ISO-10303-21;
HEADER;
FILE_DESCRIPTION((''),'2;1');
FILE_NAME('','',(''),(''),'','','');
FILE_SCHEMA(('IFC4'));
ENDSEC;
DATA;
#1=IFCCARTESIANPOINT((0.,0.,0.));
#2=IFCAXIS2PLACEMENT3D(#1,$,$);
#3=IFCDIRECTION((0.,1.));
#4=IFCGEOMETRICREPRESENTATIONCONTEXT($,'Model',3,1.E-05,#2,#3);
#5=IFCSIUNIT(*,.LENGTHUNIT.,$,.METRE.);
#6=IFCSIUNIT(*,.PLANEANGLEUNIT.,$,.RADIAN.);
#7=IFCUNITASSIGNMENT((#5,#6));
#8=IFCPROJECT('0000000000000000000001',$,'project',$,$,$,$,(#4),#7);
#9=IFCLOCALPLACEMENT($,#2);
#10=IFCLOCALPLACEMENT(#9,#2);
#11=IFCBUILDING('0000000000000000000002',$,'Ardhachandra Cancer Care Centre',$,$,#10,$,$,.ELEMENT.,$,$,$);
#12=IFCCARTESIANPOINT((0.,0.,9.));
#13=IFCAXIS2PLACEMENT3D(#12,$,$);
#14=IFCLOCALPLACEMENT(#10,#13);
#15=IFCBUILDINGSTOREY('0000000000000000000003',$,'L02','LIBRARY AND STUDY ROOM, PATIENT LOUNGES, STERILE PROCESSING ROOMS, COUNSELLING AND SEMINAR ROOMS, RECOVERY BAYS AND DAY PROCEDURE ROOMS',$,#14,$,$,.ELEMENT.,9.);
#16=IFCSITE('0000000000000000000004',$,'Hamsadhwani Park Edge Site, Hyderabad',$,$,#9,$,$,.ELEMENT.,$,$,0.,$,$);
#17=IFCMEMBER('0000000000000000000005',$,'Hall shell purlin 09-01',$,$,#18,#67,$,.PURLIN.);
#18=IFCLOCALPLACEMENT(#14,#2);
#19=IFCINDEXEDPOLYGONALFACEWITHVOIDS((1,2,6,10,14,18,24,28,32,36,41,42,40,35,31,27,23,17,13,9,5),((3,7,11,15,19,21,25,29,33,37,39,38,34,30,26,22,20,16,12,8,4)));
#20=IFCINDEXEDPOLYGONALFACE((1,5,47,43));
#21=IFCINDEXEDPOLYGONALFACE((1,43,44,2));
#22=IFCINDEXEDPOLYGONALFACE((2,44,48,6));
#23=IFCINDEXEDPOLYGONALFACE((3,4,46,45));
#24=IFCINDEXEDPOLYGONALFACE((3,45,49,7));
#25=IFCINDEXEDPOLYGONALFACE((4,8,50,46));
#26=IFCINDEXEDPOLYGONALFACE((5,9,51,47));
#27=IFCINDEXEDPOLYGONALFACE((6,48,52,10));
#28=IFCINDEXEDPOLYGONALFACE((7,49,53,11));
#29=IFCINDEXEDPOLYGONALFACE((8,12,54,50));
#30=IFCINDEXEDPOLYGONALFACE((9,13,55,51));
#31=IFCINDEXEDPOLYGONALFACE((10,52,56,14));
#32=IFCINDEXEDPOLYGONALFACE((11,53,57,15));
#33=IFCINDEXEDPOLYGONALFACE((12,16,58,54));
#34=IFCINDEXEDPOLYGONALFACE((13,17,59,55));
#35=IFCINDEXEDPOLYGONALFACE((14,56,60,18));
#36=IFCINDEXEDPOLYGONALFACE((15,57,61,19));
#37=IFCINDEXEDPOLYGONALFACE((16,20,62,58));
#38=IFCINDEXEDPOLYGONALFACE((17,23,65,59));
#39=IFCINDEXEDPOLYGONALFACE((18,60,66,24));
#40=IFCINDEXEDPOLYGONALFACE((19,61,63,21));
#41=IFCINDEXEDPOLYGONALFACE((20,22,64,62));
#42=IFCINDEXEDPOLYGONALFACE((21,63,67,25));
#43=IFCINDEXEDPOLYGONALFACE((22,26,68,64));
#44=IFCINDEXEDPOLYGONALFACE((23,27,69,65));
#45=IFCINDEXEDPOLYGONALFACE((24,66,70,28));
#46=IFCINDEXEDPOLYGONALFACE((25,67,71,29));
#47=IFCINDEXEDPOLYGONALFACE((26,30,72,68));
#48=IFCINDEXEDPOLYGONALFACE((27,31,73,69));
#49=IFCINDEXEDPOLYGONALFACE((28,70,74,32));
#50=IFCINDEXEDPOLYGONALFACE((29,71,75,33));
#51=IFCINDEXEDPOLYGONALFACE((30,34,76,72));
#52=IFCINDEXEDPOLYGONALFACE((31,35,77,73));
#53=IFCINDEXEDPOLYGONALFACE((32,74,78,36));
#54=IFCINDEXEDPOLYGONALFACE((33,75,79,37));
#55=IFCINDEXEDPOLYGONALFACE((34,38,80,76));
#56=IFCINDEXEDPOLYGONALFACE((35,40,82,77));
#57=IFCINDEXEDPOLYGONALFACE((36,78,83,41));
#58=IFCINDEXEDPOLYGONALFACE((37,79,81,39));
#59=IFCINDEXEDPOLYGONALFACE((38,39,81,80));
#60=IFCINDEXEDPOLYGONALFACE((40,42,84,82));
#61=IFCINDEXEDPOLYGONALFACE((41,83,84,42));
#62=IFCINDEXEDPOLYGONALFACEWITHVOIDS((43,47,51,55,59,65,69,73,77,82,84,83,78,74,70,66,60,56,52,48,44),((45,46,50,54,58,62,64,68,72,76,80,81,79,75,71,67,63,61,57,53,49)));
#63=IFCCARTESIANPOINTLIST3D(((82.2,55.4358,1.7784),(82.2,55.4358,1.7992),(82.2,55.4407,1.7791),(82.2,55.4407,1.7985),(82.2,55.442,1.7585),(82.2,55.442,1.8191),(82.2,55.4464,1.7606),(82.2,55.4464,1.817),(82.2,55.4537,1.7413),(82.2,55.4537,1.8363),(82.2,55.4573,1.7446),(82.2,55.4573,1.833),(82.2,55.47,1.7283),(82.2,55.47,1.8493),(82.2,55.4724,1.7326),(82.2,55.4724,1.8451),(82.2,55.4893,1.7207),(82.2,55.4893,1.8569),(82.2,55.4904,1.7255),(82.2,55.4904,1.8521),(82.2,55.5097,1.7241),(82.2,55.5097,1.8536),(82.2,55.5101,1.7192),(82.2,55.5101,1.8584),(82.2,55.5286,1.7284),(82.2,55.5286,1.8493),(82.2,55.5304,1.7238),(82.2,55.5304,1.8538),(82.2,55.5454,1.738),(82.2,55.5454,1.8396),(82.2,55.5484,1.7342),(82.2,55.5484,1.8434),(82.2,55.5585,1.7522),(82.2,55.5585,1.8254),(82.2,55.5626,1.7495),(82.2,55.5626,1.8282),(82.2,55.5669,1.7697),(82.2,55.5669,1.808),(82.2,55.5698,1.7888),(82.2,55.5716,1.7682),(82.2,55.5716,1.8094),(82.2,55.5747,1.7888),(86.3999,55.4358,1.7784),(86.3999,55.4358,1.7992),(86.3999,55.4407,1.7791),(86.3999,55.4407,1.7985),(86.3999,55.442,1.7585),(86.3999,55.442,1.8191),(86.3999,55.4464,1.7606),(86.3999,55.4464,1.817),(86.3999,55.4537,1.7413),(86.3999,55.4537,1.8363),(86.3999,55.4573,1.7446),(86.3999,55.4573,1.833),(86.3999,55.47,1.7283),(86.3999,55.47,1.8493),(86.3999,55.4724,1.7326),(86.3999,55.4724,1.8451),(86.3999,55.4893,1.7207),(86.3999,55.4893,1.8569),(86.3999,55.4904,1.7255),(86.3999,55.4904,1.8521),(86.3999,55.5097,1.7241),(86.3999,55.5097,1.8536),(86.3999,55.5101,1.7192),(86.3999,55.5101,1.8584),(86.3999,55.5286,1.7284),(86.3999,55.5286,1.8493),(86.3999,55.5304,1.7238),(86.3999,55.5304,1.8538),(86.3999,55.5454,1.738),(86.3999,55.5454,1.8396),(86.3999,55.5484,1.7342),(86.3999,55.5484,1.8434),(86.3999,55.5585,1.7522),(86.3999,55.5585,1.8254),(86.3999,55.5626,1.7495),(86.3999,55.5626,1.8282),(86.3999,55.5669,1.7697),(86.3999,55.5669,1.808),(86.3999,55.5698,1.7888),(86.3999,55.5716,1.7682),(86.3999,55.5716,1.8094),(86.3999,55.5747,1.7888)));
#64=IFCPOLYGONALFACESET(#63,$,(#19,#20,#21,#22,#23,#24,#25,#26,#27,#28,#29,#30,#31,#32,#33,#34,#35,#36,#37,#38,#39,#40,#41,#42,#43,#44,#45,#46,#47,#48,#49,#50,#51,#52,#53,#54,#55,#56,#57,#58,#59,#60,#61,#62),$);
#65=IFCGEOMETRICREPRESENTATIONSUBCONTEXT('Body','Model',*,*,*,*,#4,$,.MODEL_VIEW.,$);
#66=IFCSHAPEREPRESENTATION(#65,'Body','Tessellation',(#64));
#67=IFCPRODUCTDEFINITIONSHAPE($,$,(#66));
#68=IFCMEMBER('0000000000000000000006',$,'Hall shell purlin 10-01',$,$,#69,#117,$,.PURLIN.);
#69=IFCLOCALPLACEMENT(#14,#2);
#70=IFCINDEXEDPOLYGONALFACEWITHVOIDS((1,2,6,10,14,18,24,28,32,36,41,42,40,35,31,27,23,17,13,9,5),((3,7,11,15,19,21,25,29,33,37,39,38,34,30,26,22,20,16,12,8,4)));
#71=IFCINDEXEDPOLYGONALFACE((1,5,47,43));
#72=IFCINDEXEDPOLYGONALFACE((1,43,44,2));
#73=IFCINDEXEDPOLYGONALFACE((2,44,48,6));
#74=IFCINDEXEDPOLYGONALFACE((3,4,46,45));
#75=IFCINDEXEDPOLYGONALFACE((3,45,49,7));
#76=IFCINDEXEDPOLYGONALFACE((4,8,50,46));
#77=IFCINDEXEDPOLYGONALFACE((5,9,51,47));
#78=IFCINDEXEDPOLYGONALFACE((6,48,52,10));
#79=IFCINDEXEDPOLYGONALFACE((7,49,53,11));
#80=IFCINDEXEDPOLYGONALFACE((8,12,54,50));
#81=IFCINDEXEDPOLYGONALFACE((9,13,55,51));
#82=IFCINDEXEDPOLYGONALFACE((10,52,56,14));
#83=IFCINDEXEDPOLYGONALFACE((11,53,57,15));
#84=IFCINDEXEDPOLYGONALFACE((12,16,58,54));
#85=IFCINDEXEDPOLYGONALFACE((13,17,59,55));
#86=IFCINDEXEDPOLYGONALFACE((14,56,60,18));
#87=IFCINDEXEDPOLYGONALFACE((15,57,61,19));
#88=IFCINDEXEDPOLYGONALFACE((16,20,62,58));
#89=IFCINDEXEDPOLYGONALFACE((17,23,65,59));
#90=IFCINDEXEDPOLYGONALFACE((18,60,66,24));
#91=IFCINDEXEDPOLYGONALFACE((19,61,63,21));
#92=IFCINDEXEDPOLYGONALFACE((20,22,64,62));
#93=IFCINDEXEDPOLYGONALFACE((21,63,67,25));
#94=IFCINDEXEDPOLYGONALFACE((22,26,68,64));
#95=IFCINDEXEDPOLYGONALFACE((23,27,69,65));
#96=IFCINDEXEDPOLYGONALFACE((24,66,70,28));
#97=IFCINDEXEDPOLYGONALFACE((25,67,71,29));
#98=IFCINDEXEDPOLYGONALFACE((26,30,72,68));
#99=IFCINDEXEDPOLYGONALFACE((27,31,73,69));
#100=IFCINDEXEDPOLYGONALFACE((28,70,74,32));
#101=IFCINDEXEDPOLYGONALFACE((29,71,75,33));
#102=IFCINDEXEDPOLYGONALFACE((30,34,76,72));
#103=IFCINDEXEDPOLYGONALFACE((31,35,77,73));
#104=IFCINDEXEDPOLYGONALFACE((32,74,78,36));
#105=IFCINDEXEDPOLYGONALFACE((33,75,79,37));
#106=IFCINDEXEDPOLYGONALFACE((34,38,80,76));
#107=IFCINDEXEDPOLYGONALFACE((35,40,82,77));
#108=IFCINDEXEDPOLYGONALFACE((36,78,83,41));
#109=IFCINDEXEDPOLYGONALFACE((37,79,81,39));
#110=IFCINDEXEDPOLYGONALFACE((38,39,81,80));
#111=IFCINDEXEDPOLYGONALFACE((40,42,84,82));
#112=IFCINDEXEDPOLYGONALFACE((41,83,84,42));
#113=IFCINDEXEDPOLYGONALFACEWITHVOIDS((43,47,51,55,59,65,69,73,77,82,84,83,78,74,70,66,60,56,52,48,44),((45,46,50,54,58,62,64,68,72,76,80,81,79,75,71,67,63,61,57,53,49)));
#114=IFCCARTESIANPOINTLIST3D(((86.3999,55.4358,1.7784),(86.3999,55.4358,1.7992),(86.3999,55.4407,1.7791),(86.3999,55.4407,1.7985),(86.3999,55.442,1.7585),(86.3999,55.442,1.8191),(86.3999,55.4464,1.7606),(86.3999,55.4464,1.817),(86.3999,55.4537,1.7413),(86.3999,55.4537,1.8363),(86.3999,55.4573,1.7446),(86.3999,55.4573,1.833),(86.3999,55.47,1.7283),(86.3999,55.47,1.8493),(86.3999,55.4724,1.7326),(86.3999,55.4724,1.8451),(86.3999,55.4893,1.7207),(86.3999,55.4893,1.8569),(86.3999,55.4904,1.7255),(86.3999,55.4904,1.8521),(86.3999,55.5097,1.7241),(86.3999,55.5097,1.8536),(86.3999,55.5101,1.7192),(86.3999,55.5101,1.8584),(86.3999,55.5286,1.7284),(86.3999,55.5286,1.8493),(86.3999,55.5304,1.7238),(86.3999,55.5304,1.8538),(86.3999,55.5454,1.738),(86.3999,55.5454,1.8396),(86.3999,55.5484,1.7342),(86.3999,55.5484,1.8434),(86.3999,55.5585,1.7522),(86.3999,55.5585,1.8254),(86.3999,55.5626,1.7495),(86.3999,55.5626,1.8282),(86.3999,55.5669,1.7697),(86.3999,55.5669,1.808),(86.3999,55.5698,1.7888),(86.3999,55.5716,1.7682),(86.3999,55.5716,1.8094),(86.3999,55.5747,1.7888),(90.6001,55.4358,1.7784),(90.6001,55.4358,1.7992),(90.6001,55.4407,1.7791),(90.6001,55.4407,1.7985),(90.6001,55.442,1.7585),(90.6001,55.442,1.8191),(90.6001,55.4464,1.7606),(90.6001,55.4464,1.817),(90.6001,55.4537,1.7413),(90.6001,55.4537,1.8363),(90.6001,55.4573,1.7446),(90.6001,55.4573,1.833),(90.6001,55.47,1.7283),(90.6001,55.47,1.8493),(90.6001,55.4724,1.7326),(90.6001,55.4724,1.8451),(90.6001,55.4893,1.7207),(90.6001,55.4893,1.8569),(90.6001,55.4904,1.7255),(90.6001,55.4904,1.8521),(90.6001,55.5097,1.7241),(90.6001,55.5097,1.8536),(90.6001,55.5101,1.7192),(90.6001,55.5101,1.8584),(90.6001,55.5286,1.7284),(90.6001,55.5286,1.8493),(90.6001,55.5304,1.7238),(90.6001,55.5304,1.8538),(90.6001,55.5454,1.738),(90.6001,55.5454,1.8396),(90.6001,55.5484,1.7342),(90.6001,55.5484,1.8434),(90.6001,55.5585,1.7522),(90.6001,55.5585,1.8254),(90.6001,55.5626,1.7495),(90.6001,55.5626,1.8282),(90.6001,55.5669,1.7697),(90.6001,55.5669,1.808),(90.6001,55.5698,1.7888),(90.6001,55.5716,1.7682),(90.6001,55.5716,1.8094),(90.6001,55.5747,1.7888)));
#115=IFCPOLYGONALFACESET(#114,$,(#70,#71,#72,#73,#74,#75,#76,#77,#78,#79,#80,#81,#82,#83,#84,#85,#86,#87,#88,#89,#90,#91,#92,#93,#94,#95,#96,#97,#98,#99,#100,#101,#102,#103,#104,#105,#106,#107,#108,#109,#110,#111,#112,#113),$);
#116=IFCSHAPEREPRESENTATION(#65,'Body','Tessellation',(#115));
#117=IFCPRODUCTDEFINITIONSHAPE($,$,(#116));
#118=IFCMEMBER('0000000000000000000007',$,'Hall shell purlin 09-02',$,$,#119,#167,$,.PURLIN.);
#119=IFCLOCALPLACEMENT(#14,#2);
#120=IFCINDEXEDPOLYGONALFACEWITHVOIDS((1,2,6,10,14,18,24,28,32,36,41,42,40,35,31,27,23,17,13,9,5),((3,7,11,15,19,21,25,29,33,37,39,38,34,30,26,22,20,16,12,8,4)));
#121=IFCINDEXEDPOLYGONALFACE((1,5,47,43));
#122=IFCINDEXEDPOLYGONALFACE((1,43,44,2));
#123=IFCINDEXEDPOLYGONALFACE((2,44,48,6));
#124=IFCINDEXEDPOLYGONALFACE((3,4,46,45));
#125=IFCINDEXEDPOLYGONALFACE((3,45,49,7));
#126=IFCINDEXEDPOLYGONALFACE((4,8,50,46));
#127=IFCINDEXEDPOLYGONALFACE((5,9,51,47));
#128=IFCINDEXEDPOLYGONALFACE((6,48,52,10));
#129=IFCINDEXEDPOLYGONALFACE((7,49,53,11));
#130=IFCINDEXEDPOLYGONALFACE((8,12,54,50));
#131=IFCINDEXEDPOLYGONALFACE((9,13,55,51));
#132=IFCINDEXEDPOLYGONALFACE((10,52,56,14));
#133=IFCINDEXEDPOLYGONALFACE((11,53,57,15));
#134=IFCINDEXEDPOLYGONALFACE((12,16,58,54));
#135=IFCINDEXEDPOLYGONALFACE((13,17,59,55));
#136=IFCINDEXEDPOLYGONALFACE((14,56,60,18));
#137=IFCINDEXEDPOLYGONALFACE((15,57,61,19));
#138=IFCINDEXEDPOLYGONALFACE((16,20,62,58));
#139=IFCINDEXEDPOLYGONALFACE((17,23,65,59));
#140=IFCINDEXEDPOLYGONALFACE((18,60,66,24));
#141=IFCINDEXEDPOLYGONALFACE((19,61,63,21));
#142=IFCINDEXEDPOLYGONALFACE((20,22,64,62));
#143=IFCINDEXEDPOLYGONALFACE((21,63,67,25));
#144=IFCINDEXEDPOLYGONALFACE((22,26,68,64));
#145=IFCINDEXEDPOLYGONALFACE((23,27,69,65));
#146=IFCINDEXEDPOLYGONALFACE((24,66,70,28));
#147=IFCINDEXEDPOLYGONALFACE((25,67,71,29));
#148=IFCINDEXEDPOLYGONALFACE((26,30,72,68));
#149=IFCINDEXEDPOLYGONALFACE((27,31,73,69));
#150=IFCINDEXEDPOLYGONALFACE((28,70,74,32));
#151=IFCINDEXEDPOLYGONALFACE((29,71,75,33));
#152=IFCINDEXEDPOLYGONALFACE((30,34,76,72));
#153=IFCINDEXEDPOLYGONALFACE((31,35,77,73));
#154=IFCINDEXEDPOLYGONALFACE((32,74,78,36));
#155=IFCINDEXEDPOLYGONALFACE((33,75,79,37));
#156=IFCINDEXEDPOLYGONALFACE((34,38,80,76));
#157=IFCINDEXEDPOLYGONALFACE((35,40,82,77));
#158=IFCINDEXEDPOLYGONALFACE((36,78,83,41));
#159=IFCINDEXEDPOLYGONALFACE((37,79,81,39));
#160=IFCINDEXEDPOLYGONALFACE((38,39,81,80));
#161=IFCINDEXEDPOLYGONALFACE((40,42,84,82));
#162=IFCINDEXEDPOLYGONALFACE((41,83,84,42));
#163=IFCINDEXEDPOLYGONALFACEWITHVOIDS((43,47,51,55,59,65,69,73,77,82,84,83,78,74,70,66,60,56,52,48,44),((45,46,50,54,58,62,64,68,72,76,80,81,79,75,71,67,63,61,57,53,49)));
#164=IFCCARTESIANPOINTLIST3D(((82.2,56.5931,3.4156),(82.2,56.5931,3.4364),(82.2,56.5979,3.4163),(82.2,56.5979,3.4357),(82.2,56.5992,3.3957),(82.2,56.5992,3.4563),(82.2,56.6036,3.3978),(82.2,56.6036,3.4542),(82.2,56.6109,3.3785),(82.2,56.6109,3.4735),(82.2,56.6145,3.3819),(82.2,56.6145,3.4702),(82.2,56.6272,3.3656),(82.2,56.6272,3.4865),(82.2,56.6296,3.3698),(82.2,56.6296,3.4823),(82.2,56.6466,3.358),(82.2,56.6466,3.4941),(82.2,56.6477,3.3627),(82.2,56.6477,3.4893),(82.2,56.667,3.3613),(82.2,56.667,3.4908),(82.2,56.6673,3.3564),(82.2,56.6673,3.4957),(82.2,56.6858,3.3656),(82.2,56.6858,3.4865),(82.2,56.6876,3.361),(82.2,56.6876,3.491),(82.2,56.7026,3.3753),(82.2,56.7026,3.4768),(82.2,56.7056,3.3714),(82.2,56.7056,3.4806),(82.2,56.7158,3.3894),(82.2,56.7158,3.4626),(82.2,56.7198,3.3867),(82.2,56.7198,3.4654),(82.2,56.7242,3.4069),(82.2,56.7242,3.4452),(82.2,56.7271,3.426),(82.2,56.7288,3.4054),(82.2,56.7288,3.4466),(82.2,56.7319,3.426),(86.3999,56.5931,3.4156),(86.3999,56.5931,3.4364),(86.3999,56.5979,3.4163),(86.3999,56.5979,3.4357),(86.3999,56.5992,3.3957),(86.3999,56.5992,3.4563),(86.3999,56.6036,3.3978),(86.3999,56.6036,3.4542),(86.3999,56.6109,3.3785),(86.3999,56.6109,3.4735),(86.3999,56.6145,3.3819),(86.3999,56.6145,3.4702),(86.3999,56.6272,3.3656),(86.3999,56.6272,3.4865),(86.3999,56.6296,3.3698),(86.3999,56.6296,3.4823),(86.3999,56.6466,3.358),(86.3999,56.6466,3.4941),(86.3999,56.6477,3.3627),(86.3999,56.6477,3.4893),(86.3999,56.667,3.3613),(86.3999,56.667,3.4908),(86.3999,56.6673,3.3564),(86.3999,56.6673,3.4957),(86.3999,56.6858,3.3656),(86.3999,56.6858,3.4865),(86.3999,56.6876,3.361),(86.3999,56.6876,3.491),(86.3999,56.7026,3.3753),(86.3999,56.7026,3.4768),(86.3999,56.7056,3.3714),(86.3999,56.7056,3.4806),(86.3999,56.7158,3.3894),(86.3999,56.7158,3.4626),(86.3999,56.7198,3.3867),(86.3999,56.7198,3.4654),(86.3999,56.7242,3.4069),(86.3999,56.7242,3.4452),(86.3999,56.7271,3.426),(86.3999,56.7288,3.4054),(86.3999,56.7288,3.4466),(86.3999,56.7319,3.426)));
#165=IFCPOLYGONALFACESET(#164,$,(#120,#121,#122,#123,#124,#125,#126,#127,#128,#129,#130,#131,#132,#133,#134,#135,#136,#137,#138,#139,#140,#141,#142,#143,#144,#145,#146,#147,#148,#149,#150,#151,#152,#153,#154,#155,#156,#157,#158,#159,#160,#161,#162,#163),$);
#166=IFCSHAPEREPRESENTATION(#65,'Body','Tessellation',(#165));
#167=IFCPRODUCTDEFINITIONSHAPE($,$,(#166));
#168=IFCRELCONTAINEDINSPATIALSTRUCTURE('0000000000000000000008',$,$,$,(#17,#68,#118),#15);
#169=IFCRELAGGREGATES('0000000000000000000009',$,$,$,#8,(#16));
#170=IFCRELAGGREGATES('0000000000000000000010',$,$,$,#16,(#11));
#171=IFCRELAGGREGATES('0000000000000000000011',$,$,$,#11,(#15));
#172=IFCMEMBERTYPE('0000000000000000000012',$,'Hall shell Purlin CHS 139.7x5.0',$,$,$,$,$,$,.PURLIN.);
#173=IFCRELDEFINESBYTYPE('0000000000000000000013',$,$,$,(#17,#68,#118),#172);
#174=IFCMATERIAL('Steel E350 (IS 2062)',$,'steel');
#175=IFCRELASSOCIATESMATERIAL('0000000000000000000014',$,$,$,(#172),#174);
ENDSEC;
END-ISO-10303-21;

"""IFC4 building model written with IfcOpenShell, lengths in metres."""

from ifc_helpers import new_model, si_unit, direction, frame, origin, origin_2d, place, context, subcontext, project, spatial, hollow_circle, extrude, material, material_profile, profile_set, type_object, element, save


model = new_model("IFC4")

# Units and contexts
model_context = context("Model", 3, precision=1e-05, world=origin(), true_north=direction((0.0, 1.0)))
body_context = subcontext(model_context, "Body", "Model", "MODEL_VIEW")
ifc_project = project(units=[si_unit("LENGTHUNIT", "METRE"), si_unit("PLANEANGLEUNIT", "RADIAN")], contexts=[model_context])

# Site, building, storey
site_placement = place(None, origin())
site = spatial("IfcSite", under=ifc_project, at=site_placement, Name="Hamsadhwani Park Edge Site, Hyderabad", CompositionType="ELEMENT", RefElevation=0.0)
building_placement = place(site_placement, origin())
building = spatial("IfcBuilding", under=site, at=building_placement, Name="Ardhachandra Cancer Care Centre", CompositionType="ELEMENT")
storey_placement = place(building_placement, frame((0.0, 0.0, 9.0)))
storey = spatial("IfcBuildingStorey", under=building, at=storey_placement, Name="L02", Description="LIBRARY AND STUDY ROOM, PATIENT LOUNGES, STERILE PROCESSING ROOMS, COUNSELLING AND SEMINAR ROOMS, RECOVERY BAYS AND DAY PROCEDURE ROOMS", CompositionType="ELEMENT", Elevation=9.0)

# Members
ifc_material_1 = material(Name="Steel E350 (IS 2062)", Category="steel")
ifc_material_profile_1 = material_profile(ifc_material_1, hollow_circle(Radius=0.0698, WallThickness=0.0049, at=origin_2d()), Name="CHS 139.7x5.0")
ifc_profile_set_1 = profile_set([ifc_material_profile_1], Name="Steel E350 (IS 2062)")
member_type_1 = type_object("IfcMemberType", Name="Hall shell Purlin CHS 139.7x5.0", PredefinedType="PURLIN", material=ifc_profile_set_1)
member_1_placement = place(storey_placement, frame((82.2, 55.5049, 1.7888), z_axis=(1.0, 0.0, 0.0), x_axis=(0.0, 1.0, 0.0)))
element("IfcMember", 1, at=member_1_placement, inside=storey, type_object=member_type_1, Name="Hall shell purlin 09-01", PredefinedType="PURLIN", context=body_context, shape_type="SweptSolid", body=[
    extrude(hollow_circle(Radius=0.0698, WallThickness=0.0049, at=origin_2d()), origin(), (0.0, 0.0, 1.0), 4.2),
])
member_2_placement = place(storey_placement, frame((86.3999, 55.5049, 1.7888), z_axis=(1.0, 0.0, 0.0), x_axis=(0.0, 1.0, 0.0)))
element("IfcMember", 2, at=member_2_placement, inside=storey, type_object=member_type_1, Name="Hall shell purlin 10-01", PredefinedType="PURLIN", context=body_context, shape_type="SweptSolid", body=[
    extrude(hollow_circle(Radius=0.0698, WallThickness=0.0049, at=origin_2d()), origin(), (0.0, 0.0, 1.0), 4.2002),
])
for number, where, z_axis, x_axis, name in (
    (3, (82.2, 56.6621, 3.426), (1.0, 0.0, 0.0), (0.0, 1.0, 0.0), "Hall shell purlin 09-02"),
):
    element("IfcMember", number, at=place(storey_placement, frame(where, z_axis=z_axis, x_axis=x_axis)), inside=storey, type_object=member_type_1, Name=name, PredefinedType="PURLIN", context=body_context, shape_type="SweptSolid", body=[
        extrude(hollow_circle(Radius=0.0698, WallThickness=0.0049, at=origin_2d()), origin(), (0.0, 0.0, 1.0), 4.2),
    ])

save(model, "model.ifc")
